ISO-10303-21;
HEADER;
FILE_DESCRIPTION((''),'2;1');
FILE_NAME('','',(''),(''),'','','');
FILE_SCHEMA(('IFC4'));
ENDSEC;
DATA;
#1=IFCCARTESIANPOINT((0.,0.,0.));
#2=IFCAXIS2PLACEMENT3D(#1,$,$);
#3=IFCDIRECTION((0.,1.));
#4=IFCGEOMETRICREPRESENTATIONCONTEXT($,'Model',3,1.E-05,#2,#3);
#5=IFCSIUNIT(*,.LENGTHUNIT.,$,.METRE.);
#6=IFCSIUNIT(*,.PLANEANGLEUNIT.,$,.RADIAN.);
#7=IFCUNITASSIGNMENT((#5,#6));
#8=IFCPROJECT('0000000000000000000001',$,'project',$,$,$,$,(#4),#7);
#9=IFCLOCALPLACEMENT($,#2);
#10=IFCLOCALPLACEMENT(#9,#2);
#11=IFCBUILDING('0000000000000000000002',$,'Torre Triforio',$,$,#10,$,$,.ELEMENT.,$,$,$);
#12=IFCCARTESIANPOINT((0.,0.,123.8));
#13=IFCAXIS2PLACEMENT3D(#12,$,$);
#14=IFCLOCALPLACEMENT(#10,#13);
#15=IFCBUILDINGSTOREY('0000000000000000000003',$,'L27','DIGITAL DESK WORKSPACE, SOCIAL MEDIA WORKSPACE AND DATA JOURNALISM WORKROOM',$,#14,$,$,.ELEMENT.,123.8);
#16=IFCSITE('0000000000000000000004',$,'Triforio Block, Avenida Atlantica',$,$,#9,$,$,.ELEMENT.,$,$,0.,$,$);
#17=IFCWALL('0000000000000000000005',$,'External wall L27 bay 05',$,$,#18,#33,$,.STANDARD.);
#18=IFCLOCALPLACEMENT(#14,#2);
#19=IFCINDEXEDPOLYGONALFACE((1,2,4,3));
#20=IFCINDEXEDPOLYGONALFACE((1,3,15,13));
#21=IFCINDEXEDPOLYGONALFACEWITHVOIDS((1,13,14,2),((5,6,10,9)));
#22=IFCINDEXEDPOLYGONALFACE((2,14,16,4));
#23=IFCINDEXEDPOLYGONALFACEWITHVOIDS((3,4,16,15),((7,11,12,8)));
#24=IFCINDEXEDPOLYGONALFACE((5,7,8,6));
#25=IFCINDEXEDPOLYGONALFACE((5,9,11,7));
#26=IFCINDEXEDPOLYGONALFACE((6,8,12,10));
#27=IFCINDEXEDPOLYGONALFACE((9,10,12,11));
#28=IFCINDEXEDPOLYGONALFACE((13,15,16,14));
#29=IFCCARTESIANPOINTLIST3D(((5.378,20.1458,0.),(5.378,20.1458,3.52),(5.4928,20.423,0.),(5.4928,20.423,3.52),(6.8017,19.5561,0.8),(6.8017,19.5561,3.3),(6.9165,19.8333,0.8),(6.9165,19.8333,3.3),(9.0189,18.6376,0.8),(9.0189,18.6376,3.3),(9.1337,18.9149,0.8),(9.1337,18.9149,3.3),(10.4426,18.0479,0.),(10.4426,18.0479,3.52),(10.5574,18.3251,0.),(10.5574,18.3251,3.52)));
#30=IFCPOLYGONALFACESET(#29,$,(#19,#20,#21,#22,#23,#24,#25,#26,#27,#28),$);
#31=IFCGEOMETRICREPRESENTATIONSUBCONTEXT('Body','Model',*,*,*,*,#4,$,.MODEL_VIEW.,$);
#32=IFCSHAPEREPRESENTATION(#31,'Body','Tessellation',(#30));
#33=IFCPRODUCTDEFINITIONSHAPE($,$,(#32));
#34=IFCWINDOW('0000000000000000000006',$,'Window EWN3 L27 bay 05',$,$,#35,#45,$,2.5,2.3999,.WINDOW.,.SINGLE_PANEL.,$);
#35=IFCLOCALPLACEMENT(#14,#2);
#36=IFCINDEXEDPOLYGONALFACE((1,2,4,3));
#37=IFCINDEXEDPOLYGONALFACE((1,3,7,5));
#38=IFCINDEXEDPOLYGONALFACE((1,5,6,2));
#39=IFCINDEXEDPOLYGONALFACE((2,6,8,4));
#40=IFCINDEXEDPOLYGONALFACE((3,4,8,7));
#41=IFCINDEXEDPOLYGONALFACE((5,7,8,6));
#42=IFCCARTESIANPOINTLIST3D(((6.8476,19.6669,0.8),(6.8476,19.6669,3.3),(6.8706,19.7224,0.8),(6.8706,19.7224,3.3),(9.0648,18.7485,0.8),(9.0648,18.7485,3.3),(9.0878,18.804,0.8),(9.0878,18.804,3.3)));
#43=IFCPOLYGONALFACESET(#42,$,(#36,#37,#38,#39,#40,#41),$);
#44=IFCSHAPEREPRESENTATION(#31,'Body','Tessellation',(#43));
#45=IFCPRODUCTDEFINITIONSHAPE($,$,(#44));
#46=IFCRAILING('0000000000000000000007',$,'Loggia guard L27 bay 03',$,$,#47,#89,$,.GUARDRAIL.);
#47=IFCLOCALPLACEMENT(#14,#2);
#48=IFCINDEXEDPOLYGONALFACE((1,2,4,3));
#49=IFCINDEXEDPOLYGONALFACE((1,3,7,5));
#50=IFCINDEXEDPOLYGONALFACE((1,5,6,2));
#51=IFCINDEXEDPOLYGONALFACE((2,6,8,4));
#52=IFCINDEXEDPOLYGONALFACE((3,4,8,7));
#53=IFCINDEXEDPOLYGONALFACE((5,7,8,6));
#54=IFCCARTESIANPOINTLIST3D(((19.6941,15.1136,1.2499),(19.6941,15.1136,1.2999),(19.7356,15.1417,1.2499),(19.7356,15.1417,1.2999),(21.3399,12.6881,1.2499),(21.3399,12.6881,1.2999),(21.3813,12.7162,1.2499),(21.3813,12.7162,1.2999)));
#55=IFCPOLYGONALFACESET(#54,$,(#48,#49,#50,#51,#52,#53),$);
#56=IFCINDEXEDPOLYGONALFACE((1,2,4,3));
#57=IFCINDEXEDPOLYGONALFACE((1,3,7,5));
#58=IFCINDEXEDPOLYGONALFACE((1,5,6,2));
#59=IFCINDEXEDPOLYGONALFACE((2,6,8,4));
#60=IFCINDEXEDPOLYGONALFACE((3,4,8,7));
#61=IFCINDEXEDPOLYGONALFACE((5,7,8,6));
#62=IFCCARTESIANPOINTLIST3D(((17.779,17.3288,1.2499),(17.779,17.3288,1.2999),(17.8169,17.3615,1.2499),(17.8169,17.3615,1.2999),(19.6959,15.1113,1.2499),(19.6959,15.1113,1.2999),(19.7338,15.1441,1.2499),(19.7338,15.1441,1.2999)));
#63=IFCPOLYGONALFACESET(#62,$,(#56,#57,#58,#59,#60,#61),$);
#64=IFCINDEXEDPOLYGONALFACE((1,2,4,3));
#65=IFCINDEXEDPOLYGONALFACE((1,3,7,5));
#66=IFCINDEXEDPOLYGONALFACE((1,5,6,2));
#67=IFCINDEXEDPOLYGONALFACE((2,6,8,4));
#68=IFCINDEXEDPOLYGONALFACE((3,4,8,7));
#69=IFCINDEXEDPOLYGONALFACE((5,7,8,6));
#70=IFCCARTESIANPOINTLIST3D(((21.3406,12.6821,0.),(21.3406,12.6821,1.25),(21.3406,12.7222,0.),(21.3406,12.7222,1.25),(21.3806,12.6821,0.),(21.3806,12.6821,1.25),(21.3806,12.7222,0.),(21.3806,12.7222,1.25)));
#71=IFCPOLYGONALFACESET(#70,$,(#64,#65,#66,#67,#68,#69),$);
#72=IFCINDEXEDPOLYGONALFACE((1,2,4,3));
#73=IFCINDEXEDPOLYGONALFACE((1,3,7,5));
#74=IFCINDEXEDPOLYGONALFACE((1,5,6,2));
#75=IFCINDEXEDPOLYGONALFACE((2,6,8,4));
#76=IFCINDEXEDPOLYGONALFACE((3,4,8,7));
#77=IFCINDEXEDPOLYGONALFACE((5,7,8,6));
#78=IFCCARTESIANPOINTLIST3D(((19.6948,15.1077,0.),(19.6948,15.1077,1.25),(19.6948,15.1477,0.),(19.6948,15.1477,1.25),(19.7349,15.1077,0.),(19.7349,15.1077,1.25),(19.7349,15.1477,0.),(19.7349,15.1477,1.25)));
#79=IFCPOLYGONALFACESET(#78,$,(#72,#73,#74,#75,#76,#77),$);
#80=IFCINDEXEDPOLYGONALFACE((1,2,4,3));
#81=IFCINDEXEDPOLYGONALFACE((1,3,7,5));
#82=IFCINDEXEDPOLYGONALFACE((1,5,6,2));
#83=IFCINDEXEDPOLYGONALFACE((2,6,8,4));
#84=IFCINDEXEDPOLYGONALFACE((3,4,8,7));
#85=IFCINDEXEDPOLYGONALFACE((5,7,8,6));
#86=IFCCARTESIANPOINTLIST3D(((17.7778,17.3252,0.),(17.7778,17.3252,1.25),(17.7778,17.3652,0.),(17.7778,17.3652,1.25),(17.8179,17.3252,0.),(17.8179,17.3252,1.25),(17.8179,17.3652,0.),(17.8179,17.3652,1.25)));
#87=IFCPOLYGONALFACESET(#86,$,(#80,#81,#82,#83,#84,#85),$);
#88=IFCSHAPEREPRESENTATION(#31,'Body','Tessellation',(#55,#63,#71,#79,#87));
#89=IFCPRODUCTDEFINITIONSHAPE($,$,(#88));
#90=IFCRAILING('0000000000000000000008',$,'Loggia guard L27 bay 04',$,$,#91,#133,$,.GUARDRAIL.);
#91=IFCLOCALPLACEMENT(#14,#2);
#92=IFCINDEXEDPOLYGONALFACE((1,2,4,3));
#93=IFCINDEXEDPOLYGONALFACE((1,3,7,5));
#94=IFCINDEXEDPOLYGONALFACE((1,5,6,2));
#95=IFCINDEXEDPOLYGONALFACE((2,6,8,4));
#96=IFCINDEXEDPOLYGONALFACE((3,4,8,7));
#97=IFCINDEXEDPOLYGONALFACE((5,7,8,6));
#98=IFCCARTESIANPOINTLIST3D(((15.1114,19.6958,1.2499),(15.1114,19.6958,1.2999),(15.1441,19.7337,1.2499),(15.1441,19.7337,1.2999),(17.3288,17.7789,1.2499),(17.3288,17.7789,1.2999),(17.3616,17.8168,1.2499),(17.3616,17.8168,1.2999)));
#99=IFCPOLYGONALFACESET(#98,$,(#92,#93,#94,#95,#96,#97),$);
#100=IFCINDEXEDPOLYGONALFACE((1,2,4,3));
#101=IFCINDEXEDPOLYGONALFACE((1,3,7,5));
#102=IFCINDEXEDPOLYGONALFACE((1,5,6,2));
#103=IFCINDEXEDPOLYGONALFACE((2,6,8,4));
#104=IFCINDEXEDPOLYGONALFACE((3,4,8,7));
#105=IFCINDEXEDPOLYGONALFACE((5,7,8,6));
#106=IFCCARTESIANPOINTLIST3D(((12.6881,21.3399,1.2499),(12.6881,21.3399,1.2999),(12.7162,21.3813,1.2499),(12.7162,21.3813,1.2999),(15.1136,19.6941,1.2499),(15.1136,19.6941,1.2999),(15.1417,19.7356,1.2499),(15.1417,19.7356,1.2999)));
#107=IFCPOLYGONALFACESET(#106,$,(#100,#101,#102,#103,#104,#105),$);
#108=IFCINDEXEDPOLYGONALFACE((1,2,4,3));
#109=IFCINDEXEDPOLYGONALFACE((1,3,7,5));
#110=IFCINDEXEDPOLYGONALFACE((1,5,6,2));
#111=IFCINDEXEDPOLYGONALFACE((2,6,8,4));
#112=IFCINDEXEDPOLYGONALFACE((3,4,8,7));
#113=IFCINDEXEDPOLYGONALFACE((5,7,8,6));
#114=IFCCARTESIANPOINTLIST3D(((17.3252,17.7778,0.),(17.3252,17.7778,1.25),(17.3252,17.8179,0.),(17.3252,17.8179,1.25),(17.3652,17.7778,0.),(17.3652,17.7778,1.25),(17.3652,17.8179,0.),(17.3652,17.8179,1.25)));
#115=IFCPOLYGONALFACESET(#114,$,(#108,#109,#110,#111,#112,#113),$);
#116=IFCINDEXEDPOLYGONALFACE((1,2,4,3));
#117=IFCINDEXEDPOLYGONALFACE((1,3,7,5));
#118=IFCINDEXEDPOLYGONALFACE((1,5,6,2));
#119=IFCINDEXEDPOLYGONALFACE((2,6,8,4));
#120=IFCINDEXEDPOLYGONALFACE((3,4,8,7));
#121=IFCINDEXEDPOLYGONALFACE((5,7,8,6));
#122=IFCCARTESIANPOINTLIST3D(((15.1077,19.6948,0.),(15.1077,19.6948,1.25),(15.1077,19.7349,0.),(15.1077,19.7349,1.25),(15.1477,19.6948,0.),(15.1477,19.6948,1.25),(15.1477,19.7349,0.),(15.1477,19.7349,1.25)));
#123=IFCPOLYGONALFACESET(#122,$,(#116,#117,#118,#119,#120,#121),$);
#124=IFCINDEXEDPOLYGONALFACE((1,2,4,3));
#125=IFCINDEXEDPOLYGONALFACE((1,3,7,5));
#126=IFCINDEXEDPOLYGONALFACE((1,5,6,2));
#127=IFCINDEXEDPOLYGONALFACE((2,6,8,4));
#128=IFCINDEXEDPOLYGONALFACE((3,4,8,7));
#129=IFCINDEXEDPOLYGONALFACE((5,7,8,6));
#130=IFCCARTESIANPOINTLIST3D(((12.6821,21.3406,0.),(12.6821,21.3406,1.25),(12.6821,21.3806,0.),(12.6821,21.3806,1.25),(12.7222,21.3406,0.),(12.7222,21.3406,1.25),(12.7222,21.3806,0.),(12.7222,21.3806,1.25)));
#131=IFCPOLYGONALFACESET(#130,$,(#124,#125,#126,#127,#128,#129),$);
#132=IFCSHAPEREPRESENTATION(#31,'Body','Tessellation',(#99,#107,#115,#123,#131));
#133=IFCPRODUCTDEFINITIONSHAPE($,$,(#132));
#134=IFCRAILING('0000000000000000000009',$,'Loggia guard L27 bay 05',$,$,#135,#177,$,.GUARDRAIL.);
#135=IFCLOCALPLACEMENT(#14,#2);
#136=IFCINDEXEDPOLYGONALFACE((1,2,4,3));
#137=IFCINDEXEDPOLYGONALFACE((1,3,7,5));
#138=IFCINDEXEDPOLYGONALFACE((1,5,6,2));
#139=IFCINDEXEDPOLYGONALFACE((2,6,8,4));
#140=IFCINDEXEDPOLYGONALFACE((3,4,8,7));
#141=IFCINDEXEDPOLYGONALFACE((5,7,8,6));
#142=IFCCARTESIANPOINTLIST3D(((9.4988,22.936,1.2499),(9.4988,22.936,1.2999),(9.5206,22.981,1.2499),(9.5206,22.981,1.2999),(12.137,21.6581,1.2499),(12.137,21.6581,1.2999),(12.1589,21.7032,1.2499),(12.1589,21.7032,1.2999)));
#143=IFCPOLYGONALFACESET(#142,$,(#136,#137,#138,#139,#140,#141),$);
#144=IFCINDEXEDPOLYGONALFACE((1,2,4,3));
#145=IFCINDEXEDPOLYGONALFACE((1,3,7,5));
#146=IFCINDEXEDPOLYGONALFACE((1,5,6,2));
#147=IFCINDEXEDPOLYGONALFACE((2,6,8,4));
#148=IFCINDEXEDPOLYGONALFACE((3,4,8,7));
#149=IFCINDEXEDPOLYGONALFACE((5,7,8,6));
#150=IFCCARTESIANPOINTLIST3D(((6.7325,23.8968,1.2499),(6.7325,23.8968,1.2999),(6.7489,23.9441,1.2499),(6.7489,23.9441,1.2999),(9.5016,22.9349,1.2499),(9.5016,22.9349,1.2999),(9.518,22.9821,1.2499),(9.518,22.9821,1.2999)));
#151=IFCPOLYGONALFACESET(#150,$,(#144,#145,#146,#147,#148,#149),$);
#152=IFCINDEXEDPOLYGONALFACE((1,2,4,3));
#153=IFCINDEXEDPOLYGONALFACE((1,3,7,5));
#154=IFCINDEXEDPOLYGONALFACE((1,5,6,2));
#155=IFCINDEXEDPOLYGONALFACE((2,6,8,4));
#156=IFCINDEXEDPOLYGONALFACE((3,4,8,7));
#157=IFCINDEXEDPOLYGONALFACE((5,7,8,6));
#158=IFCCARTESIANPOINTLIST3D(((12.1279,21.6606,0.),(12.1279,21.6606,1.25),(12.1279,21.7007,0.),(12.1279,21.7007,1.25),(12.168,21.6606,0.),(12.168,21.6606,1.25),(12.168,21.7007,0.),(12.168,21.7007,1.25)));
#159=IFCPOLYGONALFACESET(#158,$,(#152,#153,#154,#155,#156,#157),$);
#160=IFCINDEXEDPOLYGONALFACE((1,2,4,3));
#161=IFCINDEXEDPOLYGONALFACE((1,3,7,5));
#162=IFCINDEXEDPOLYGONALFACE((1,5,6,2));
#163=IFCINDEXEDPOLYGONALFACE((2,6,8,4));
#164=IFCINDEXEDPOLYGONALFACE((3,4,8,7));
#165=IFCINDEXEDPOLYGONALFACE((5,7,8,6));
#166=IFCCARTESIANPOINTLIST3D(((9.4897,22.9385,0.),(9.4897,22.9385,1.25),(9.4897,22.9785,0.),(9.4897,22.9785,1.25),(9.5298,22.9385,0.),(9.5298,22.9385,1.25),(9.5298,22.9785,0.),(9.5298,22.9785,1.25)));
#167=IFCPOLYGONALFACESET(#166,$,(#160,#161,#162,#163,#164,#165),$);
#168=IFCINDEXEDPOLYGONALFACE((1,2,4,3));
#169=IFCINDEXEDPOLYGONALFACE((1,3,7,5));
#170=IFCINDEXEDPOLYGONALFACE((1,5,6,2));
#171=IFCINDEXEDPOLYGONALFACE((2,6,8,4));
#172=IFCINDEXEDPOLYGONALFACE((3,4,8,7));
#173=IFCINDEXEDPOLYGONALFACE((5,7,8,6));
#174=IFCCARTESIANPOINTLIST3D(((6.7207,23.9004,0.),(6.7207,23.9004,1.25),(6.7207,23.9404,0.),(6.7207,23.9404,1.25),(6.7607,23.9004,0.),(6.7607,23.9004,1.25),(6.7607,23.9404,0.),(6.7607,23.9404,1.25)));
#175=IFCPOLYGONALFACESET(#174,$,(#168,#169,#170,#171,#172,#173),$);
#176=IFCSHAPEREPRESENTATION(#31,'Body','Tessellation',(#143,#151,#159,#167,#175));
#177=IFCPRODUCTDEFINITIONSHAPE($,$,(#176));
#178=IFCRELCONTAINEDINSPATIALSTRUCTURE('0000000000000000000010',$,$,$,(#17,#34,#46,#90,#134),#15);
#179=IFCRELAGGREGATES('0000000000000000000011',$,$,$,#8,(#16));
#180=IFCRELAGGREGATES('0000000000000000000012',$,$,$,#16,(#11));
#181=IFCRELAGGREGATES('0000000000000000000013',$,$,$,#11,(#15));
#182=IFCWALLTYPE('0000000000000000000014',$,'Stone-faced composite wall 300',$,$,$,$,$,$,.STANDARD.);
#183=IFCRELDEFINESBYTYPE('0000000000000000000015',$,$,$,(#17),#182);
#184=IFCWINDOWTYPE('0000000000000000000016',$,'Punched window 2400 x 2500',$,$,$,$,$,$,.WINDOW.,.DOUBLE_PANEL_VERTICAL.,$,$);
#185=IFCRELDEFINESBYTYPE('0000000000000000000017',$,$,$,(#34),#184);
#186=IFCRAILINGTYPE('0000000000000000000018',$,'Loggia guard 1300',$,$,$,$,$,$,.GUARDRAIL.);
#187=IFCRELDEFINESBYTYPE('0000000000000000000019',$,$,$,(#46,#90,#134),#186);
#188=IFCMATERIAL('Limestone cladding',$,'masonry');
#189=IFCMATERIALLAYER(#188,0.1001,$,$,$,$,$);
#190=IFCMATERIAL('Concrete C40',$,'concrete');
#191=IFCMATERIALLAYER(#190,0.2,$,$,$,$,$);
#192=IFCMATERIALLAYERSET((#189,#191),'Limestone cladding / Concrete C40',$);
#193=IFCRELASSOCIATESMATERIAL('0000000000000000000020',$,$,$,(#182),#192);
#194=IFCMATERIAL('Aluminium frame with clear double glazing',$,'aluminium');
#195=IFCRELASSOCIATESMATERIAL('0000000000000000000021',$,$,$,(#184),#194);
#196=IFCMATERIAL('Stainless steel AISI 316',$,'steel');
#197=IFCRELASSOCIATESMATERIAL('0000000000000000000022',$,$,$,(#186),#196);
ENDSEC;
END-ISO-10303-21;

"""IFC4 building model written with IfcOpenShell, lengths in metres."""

from ifc_helpers import new_model, si_unit, direction, frame, frame_2d, origin, origin_2d, place, context, subcontext, project, spatial, rectangle, extrude, material, layer, layer_set, type_object, element, fill, save


model = new_model("IFC4")

# Units and contexts
model_context = context("Model", 3, precision=1e-05, world=origin(), true_north=direction((0.0, 1.0)))
body_context = subcontext(model_context, "Body", "Model", "MODEL_VIEW")
ifc_project = project(units=[si_unit("LENGTHUNIT", "METRE"), si_unit("PLANEANGLEUNIT", "RADIAN")], contexts=[model_context])

# Site, building, storey
site_placement = place(None, origin())
site = spatial("IfcSite", under=ifc_project, at=site_placement, Name="Triforio Block, Avenida Atlantica", CompositionType="ELEMENT", RefElevation=0.0)
building_placement = place(site_placement, origin())
building = spatial("IfcBuilding", under=site, at=building_placement, Name="Torre Triforio", CompositionType="ELEMENT")
storey_placement = place(building_placement, frame((0.0, 0.0, 123.8)))
storey = spatial("IfcBuildingStorey", under=building, at=storey_placement, Name="L27", Description="DIGITAL DESK WORKSPACE, SOCIAL MEDIA WORKSPACE AND DATA JOURNALISM WORKROOM", CompositionType="ELEMENT", Elevation=123.8)

# Shared definitions
ifc_material_1 = material(Name="Limestone cladding", Category="masonry")
ifc_material_2 = material(Name="Concrete C40", Category="concrete")

# Shared definitions
ifc_layer_1 = layer(ifc_material_1, 0.1001)
ifc_layer_2 = layer(ifc_material_2, 0.2)
ifc_layer_set_1 = layer_set([ifc_layer_1, ifc_layer_2], Name="Limestone cladding / Concrete C40")
wall_type_1 = type_object("IfcWallType", Name="Stone-faced composite wall 300", PredefinedType="STANDARD", material=ifc_layer_set_1)
ifc_material_3 = material(Name="Aluminium frame with clear double glazing", Category="aluminium")

# Wall, opening, window
wall_1_placement = place(storey_placement, frame((10.5, 18.1865, 0.0), z_axis=(0.0, 0.0, 1.0), x_axis=(-0.923877, 0.382689, 0.0)))
wall_1 = element("IfcWall", 1, at=wall_1_placement, inside=storey, type_object=wall_type_1, Name="External wall L27 bay 05", PredefinedType="STANDARD", context=body_context, shape_type="SweptSolid", body=[
    extrude(rectangle(XDim=5.4819, YDim=0.3, at=frame_2d((2.741, 0.0))), origin(), (0.0, 0.0, 1.0), 3.52),
])
opening_1_placement = place(wall_1_placement, frame((1.541, 0.0, 0.8)))
opening_1 = element("IfcOpeningElement", 2, at=opening_1_placement, cuts=wall_1, PredefinedType="OPENING", context=body_context, shape_type="SweptSolid", body=[
    extrude(rectangle(XDim=2.3999, YDim=2.5, at=frame_2d((1.2, 1.25))), frame((0.0, 0.1599, 0.0), z_axis=(0.0, -1.0, 0.0), x_axis=(1.0, 0.0, 0.0)), (0.0, 0.0, 1.0), 0.3201),
])
window_type_1 = type_object("IfcWindowType", Name="Punched window 2400 x 2500", PartitioningType="DOUBLE_PANEL_VERTICAL", PredefinedType="WINDOW", material=ifc_material_3)
window_1_placement = place(opening_1_placement, origin())
window_1 = element("IfcWindow", 3, at=window_1_placement, inside=storey, type_object=window_type_1, Name="Window EWN3 L27 bay 05", OverallHeight=2.5, OverallWidth=2.3999, PartitioningType="SINGLE_PANEL", PredefinedType="WINDOW", context=body_context, shape_type="SweptSolid", body=[
    extrude(rectangle(XDim=2.3999, YDim=2.5, at=frame_2d((1.2, 1.25))), frame((0.0, 0.03, 0.0), z_axis=(0.0, -1.0, 0.0), x_axis=(1.0, 0.0, 0.0)), (0.0, 0.0, 1.0), 0.0601),
])
fill(opening_1, window_1)

# Railings
ifc_material_4 = material(Name="Stainless steel AISI 316", Category="steel")
railing_type = type_object("IfcRailingType", Name="Loggia guard 1300", PredefinedType="GUARDRAIL", material=ifc_material_4)
railing_1_placement = place(storey_placement, frame((21.3606, 12.7021, 0.0)))
element("IfcRailing", 4, at=railing_1_placement, inside=storey, type_object=railing_type, Name="Loggia guard L27 bay 03", PredefinedType="GUARDRAIL", context=body_context, shape_type="SweptSolid", body=[
    extrude(rectangle(XDim=0.05, YDim=0.05, at=origin_2d()), frame((0.0, 0.0, 1.2749), z_axis=(-0.561467, 0.827499, 0.0), x_axis=(-0.827499, -0.561467, 0.0)), (0.0, 0.0, 1.0), 2.9312),
    extrude(rectangle(XDim=0.05, YDim=0.05, at=origin_2d()), frame((-1.6458, 2.4255, 1.2749), z_axis=(-0.653982, 0.75651, 0.0), x_axis=(-0.75651, -0.653982, 0.0)), (0.0, 0.0, 1.0), 2.9312),
    extrude(rectangle(XDim=0.04, YDim=0.04, at=origin_2d()), origin(), (0.0, 0.0, 1.0), 1.25),
    extrude(rectangle(XDim=0.04, YDim=0.04, at=origin_2d()), frame((-1.6458, 2.4255, 0.0)), (0.0, 0.0, 1.0), 1.25),
    extrude(rectangle(XDim=0.04, YDim=0.04, at=origin_2d()), frame((-3.5627, 4.6431, 0.0)), (0.0, 0.0, 1.0), 1.25),
])
railing_2_placement = place(storey_placement, frame((17.3452, 17.7979, 0.0)))
element("IfcRailing", 5, at=railing_2_placement, inside=storey, type_object=railing_type, Name="Loggia guard L27 bay 04", PredefinedType="GUARDRAIL", context=body_context, shape_type="SweptSolid", body=[
    extrude(rectangle(XDim=0.05, YDim=0.05, at=origin_2d()), frame((0.0, 0.0, 1.2749), z_axis=(-0.75651, 0.653982, 0.0), x_axis=(-0.653982, -0.75651, 0.0)), (0.0, 0.0, 1.0), 2.9312),
    extrude(rectangle(XDim=0.05, YDim=0.05, at=origin_2d()), frame((-2.2175, 1.917, 1.2749), z_axis=(-0.827499, 0.561467, 0.0), x_axis=(-0.561467, -0.827499, 0.0)), (0.0, 0.0, 1.0), 2.9312),
    extrude(rectangle(XDim=0.04, YDim=0.04, at=origin_2d()), origin(), (0.0, 0.0, 1.0), 1.25),
    extrude(rectangle(XDim=0.04, YDim=0.04, at=origin_2d()), frame((-2.2175, 1.917, 0.0)), (0.0, 0.0, 1.0), 1.25),
    extrude(rectangle(XDim=0.04, YDim=0.04, at=origin_2d()), frame((-4.6431, 3.5627, 0.0)), (0.0, 0.0, 1.0), 1.25),
])
railing_3_placement = place(storey_placement, frame((12.1479, 21.6807, 0.0)))
element("IfcRailing", 6, at=railing_3_placement, inside=storey, type_object=railing_type, Name="Loggia guard L27 bay 05", PredefinedType="GUARDRAIL", context=body_context, shape_type="SweptSolid", body=[
    extrude(rectangle(XDim=0.05, YDim=0.05, at=origin_2d()), frame((0.0, 0.0, 1.2749), z_axis=(-0.899986, 0.435918, 0.0), x_axis=(-0.435918, -0.899986, 0.0)), (0.0, 0.0, 1.0), 2.9314),
    extrude(rectangle(XDim=0.05, YDim=0.05, at=origin_2d()), frame((-2.6382, 1.2778, 1.2749), z_axis=(-0.944627, 0.328146, 0.0), x_axis=(-0.328146, -0.944627, 0.0)), (0.0, 0.0, 1.0), 2.9314),
    extrude(rectangle(XDim=0.04, YDim=0.04, at=origin_2d()), origin(), (0.0, 0.0, 1.0), 1.25),
    extrude(rectangle(XDim=0.04, YDim=0.04, at=origin_2d()), frame((-2.6382, 1.2778, 0.0)), (0.0, 0.0, 1.0), 1.25),
    extrude(rectangle(XDim=0.04, YDim=0.04, at=origin_2d()), frame((-5.4072, 2.2397, 0.0)), (0.0, 0.0, 1.0), 1.25),
])

save(model, "model.ifc")
